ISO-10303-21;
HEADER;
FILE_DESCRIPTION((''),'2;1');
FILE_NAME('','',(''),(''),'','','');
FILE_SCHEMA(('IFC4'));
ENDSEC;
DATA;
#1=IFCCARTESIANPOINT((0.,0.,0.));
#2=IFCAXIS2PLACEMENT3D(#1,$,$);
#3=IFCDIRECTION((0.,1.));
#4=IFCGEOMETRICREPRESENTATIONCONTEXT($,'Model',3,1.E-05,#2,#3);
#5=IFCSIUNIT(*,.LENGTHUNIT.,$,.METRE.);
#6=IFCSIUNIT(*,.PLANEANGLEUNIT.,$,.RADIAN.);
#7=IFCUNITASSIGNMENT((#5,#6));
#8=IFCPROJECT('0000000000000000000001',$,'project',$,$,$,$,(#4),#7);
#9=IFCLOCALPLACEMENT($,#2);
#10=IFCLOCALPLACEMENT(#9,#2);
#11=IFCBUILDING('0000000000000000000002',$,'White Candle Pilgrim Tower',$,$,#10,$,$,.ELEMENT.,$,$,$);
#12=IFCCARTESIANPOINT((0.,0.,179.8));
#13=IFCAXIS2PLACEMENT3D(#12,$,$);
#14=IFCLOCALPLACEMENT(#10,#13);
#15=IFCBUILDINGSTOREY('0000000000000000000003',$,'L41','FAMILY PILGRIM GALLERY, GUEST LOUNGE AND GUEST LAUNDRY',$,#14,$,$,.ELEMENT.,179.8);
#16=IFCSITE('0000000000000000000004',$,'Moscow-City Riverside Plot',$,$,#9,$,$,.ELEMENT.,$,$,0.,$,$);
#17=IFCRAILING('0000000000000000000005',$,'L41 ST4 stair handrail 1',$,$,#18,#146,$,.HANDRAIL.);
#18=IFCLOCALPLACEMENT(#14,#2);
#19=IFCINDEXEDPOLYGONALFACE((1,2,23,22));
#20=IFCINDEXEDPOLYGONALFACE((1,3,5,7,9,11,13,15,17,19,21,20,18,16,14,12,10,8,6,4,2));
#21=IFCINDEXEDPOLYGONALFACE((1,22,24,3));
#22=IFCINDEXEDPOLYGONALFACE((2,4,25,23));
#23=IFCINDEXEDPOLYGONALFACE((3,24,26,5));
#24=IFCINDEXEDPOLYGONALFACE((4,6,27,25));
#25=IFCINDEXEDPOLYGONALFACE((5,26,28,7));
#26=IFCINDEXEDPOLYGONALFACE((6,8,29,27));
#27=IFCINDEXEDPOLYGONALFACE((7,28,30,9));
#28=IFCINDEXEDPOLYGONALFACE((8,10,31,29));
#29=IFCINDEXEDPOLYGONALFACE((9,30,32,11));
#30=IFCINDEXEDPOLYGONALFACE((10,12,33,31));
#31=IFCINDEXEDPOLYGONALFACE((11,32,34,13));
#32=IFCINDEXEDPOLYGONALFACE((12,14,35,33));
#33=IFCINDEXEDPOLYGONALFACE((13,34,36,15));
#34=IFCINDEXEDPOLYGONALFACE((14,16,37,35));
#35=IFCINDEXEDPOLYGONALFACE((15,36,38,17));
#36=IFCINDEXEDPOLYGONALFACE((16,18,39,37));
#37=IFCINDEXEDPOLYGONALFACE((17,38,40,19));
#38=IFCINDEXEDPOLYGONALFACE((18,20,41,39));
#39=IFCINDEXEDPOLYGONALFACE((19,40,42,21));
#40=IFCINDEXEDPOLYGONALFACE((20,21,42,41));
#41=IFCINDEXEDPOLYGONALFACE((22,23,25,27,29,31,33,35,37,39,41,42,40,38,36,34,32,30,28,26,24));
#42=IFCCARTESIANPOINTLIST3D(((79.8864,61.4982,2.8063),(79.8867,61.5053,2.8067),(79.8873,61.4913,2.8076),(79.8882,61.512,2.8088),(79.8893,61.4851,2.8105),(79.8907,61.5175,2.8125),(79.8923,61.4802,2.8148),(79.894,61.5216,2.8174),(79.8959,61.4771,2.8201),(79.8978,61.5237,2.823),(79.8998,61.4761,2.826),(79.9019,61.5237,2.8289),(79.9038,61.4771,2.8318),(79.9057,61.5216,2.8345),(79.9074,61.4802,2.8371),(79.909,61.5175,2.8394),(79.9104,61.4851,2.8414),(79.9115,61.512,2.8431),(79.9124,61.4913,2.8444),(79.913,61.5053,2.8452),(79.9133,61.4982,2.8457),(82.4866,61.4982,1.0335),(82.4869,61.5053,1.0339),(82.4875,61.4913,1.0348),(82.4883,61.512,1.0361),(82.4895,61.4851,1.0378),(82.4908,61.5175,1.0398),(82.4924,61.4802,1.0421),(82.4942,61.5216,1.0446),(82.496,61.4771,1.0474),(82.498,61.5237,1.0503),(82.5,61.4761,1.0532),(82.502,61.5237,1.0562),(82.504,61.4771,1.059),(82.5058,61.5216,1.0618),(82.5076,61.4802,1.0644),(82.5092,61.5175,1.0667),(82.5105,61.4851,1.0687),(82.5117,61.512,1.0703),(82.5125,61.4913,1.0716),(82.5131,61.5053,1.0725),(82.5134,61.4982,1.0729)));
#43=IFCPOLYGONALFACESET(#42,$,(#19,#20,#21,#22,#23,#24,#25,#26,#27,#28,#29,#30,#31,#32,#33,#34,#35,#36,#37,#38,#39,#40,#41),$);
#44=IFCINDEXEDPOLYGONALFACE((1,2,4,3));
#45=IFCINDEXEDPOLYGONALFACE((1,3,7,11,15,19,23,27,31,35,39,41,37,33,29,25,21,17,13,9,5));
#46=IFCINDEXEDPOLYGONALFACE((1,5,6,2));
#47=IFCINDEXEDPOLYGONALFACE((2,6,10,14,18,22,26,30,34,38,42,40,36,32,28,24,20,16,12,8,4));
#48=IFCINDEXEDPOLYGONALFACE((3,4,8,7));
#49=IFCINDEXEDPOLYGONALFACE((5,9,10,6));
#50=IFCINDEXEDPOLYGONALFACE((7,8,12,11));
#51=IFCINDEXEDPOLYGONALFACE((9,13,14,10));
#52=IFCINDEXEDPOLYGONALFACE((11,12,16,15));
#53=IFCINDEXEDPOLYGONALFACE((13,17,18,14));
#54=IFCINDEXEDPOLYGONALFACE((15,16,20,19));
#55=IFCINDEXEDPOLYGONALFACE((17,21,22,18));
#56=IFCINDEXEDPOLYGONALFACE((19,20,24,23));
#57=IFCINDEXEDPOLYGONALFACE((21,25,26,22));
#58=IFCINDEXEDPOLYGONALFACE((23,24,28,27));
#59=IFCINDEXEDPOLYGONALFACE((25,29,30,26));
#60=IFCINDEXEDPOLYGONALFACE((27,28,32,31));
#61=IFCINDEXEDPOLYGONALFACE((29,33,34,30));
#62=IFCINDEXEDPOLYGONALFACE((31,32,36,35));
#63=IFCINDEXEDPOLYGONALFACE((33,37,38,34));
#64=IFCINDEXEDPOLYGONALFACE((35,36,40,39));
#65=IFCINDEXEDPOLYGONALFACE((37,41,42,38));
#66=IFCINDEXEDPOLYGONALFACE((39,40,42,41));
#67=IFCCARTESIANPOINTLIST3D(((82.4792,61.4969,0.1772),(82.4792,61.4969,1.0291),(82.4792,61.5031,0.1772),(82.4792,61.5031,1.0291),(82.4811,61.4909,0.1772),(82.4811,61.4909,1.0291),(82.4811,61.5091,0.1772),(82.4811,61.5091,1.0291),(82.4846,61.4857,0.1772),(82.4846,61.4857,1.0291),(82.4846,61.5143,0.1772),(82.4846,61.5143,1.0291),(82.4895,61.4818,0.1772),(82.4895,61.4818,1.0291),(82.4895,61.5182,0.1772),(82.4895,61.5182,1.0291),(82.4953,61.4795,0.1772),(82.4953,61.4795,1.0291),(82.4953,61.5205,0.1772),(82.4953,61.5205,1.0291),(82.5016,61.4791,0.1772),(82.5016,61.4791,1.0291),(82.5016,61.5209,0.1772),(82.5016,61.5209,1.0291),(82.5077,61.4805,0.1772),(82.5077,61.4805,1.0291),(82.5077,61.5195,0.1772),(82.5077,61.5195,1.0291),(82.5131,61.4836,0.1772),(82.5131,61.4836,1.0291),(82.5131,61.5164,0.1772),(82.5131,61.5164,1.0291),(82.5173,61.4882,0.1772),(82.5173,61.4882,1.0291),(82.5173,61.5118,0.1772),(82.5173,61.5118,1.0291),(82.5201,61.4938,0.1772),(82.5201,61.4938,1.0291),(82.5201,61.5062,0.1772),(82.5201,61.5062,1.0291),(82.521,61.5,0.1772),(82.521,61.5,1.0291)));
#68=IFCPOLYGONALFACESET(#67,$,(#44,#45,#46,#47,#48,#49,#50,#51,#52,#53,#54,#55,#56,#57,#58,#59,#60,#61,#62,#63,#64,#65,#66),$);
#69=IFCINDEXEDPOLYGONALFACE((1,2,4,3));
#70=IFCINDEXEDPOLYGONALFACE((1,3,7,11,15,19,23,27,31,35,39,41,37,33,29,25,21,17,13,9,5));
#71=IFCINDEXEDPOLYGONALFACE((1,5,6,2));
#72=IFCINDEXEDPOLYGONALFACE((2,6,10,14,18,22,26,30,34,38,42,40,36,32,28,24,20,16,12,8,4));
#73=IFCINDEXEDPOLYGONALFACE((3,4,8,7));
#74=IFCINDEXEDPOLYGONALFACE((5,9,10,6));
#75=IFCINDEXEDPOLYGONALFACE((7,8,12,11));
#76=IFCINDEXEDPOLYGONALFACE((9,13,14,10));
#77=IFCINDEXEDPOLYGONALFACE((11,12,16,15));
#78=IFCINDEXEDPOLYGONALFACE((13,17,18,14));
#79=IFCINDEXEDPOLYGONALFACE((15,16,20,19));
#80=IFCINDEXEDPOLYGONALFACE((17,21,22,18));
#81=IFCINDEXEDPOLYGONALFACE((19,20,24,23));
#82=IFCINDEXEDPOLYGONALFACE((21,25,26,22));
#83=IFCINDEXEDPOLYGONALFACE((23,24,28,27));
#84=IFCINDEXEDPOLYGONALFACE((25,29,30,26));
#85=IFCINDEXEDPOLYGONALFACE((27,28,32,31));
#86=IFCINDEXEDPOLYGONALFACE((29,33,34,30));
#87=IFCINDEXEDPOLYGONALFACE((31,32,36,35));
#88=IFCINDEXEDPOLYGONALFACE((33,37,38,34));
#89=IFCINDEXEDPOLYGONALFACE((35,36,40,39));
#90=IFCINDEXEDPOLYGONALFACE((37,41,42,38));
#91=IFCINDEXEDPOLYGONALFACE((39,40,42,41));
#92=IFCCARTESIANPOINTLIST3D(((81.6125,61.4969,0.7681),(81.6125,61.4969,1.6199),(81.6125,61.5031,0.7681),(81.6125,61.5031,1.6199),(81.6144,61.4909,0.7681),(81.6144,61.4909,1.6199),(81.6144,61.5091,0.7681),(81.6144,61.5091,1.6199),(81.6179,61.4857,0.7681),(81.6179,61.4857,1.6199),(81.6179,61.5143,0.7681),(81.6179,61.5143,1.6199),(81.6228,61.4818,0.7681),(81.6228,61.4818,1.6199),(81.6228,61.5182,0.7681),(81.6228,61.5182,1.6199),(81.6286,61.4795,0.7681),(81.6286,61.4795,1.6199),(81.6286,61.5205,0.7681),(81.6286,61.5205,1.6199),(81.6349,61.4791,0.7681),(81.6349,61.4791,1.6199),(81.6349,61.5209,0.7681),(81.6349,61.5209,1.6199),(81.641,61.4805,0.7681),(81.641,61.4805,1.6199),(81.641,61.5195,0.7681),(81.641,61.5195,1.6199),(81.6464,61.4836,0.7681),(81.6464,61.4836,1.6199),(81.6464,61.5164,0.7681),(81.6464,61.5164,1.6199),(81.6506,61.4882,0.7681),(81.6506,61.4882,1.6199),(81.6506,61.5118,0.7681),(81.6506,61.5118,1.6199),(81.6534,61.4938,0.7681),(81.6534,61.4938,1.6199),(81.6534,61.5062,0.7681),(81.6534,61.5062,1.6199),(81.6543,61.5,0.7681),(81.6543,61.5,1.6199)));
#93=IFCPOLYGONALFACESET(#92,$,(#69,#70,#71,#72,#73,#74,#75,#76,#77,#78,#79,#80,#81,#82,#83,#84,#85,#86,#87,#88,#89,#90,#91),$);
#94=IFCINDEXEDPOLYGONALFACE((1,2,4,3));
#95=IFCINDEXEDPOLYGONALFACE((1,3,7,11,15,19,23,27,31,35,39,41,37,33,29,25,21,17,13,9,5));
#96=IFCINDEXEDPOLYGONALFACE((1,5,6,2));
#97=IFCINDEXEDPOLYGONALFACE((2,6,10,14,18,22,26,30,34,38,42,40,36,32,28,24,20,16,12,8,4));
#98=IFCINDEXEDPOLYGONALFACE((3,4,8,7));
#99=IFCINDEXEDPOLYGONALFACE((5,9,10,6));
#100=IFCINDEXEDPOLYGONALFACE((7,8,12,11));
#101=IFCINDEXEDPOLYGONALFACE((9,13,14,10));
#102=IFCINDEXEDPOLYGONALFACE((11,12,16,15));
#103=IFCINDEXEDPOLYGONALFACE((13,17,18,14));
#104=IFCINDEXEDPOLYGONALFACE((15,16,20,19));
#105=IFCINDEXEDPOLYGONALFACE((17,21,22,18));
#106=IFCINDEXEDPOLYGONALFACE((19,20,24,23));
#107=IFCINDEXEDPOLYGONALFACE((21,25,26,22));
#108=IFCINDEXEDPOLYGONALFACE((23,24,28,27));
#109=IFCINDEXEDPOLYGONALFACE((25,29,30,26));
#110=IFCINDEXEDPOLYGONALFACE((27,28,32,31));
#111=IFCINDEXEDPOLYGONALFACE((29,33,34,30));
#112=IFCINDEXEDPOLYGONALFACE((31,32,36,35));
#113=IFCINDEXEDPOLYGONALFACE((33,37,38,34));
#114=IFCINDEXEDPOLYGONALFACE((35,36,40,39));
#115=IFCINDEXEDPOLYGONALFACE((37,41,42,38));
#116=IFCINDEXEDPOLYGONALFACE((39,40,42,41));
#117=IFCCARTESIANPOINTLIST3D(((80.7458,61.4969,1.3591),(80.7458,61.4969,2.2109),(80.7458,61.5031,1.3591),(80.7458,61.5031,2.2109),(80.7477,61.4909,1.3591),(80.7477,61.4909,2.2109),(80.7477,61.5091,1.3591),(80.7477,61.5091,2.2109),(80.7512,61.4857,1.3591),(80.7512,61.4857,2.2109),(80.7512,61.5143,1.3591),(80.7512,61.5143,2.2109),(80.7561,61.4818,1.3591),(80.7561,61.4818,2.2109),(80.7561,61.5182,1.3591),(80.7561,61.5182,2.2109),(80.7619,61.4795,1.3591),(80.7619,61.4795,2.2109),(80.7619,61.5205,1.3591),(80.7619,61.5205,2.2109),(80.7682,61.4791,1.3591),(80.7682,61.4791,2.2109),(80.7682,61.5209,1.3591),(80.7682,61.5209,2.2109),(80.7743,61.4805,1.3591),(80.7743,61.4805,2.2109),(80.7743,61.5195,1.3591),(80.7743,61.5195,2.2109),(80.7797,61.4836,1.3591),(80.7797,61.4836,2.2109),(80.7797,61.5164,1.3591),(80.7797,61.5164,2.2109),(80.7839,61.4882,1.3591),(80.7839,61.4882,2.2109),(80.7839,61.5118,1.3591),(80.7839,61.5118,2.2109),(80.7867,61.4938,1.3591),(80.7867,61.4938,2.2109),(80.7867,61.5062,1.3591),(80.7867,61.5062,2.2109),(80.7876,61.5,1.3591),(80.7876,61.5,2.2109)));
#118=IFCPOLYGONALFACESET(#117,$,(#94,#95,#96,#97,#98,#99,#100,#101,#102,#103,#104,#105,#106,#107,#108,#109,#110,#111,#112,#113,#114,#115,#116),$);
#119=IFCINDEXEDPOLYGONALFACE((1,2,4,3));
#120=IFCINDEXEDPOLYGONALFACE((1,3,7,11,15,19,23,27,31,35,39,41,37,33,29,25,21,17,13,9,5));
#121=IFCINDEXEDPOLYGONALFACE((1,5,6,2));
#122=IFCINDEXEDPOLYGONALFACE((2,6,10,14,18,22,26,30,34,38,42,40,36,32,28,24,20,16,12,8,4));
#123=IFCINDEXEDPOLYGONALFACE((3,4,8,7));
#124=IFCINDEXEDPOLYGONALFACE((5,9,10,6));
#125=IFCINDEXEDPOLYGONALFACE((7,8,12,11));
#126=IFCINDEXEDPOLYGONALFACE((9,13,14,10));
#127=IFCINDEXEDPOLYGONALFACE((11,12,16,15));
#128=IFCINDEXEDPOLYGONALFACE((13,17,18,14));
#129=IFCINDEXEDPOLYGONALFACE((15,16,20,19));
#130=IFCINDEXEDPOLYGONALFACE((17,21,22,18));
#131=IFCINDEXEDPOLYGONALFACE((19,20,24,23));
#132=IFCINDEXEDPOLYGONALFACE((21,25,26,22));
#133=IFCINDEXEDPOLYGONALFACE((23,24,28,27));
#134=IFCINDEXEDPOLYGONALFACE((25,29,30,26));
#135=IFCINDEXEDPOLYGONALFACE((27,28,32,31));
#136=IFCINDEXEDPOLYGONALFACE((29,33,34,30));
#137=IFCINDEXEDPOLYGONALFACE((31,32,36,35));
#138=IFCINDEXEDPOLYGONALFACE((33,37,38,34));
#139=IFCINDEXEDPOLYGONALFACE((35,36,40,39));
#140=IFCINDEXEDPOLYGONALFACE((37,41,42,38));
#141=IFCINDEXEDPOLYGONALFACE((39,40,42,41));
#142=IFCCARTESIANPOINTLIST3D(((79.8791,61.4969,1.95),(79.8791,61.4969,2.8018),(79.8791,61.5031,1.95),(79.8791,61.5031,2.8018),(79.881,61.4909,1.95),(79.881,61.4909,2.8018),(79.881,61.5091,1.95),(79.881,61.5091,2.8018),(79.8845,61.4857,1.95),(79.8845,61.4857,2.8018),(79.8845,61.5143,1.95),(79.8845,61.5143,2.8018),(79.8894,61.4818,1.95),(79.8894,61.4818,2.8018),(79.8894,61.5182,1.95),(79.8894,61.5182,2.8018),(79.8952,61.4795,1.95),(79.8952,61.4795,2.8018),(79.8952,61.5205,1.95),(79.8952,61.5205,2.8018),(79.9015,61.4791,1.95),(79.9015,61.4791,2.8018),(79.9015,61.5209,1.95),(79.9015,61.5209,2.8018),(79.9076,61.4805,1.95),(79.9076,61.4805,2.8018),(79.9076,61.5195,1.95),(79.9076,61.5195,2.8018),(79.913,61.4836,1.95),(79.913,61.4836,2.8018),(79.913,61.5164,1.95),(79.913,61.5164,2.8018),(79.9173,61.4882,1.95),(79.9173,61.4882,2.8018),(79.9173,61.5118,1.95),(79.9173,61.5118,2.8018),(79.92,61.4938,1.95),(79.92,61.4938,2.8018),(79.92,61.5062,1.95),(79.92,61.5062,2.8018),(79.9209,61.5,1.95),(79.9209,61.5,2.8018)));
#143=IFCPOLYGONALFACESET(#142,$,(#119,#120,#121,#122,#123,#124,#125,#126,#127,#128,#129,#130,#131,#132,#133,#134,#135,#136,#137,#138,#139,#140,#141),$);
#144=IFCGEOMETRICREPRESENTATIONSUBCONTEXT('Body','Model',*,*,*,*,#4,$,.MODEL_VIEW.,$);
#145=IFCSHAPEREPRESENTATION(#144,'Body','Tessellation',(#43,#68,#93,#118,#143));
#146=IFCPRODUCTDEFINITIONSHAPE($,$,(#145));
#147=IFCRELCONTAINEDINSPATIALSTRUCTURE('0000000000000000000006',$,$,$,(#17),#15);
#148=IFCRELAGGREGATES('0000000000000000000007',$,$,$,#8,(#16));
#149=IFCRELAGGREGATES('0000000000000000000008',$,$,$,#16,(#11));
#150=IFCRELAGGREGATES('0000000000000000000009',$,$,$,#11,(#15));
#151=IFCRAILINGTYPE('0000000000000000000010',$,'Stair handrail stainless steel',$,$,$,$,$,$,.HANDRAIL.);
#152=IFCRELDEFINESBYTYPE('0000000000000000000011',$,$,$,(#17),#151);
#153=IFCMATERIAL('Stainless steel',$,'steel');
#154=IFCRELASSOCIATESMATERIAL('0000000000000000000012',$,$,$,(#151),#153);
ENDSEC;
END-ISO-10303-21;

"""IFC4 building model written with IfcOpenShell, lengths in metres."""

from ifc_helpers import new_model, si_unit, direction, frame, origin, origin_2d, place, context, subcontext, project, spatial, circle, extrude, material, type_object, element, save


model = new_model("IFC4")

# Units and contexts
model_context = context("Model", 3, precision=1e-05, world=origin(), true_north=direction((0.0, 1.0)))
body_context = subcontext(model_context, "Body", "Model", "MODEL_VIEW")
ifc_project = project(units=[si_unit("LENGTHUNIT", "METRE"), si_unit("PLANEANGLEUNIT", "RADIAN")], contexts=[model_context])

# Site, building, storey
site_placement = place(None, origin())
site = spatial("IfcSite", under=ifc_project, at=site_placement, Name="Moscow-City Riverside Plot", CompositionType="ELEMENT", RefElevation=0.0)
building_placement = place(site_placement, origin())
building = spatial("IfcBuilding", under=site, at=building_placement, Name="White Candle Pilgrim Tower", CompositionType="ELEMENT")
storey_placement = place(building_placement, frame((0.0, 0.0, 179.8)))
storey = spatial("IfcBuildingStorey", under=building, at=storey_placement, Name="L41", Description="FAMILY PILGRIM GALLERY, GUEST LOUNGE AND GUEST LAUNDRY", CompositionType="ELEMENT", Elevation=179.8)

# Railing
ifc_material_1 = material(Name="Stainless steel", Category="steel")
railing_type_1 = type_object("IfcRailingType", Name="Stair handrail stainless steel", PredefinedType="HANDRAIL", material=ifc_material_1)
railing_1_placement = place(storey_placement, frame((82.5, 61.5, 0.1772)))
element("IfcRailing", 1, at=railing_1_placement, inside=storey, type_object=railing_type_1, Name="L41 ST4 stair handrail 1", PredefinedType="HANDRAIL", context=body_context, shape_type="SweptSolid", body=[
    extrude(circle(Radius=0.0239, at=origin_2d()), frame((0.0, 0.0, 0.876), z_axis=(-0.82624, 0.0, 0.563318), x_axis=(0.0, -1.0, 0.0)), (0.0, 0.0, 1.0), 3.147),
    extrude(circle(Radius=0.021, at=origin_2d()), origin(), (0.0, 0.0, 1.0), 0.8518),
    extrude(circle(Radius=0.021, at=origin_2d()), frame((-0.8667, 0.0, 0.5908)), (0.0, 0.0, 1.0), 0.8518),
    extrude(circle(Radius=0.021, at=origin_2d()), frame((-1.7334, 0.0, 1.1819)), (0.0, 0.0, 1.0), 0.8518),
    extrude(circle(Radius=0.021, at=origin_2d()), frame((-2.6001, 0.0, 1.7727)), (0.0, 0.0, 1.0), 0.8518),
])

save(model, "model.ifc")
